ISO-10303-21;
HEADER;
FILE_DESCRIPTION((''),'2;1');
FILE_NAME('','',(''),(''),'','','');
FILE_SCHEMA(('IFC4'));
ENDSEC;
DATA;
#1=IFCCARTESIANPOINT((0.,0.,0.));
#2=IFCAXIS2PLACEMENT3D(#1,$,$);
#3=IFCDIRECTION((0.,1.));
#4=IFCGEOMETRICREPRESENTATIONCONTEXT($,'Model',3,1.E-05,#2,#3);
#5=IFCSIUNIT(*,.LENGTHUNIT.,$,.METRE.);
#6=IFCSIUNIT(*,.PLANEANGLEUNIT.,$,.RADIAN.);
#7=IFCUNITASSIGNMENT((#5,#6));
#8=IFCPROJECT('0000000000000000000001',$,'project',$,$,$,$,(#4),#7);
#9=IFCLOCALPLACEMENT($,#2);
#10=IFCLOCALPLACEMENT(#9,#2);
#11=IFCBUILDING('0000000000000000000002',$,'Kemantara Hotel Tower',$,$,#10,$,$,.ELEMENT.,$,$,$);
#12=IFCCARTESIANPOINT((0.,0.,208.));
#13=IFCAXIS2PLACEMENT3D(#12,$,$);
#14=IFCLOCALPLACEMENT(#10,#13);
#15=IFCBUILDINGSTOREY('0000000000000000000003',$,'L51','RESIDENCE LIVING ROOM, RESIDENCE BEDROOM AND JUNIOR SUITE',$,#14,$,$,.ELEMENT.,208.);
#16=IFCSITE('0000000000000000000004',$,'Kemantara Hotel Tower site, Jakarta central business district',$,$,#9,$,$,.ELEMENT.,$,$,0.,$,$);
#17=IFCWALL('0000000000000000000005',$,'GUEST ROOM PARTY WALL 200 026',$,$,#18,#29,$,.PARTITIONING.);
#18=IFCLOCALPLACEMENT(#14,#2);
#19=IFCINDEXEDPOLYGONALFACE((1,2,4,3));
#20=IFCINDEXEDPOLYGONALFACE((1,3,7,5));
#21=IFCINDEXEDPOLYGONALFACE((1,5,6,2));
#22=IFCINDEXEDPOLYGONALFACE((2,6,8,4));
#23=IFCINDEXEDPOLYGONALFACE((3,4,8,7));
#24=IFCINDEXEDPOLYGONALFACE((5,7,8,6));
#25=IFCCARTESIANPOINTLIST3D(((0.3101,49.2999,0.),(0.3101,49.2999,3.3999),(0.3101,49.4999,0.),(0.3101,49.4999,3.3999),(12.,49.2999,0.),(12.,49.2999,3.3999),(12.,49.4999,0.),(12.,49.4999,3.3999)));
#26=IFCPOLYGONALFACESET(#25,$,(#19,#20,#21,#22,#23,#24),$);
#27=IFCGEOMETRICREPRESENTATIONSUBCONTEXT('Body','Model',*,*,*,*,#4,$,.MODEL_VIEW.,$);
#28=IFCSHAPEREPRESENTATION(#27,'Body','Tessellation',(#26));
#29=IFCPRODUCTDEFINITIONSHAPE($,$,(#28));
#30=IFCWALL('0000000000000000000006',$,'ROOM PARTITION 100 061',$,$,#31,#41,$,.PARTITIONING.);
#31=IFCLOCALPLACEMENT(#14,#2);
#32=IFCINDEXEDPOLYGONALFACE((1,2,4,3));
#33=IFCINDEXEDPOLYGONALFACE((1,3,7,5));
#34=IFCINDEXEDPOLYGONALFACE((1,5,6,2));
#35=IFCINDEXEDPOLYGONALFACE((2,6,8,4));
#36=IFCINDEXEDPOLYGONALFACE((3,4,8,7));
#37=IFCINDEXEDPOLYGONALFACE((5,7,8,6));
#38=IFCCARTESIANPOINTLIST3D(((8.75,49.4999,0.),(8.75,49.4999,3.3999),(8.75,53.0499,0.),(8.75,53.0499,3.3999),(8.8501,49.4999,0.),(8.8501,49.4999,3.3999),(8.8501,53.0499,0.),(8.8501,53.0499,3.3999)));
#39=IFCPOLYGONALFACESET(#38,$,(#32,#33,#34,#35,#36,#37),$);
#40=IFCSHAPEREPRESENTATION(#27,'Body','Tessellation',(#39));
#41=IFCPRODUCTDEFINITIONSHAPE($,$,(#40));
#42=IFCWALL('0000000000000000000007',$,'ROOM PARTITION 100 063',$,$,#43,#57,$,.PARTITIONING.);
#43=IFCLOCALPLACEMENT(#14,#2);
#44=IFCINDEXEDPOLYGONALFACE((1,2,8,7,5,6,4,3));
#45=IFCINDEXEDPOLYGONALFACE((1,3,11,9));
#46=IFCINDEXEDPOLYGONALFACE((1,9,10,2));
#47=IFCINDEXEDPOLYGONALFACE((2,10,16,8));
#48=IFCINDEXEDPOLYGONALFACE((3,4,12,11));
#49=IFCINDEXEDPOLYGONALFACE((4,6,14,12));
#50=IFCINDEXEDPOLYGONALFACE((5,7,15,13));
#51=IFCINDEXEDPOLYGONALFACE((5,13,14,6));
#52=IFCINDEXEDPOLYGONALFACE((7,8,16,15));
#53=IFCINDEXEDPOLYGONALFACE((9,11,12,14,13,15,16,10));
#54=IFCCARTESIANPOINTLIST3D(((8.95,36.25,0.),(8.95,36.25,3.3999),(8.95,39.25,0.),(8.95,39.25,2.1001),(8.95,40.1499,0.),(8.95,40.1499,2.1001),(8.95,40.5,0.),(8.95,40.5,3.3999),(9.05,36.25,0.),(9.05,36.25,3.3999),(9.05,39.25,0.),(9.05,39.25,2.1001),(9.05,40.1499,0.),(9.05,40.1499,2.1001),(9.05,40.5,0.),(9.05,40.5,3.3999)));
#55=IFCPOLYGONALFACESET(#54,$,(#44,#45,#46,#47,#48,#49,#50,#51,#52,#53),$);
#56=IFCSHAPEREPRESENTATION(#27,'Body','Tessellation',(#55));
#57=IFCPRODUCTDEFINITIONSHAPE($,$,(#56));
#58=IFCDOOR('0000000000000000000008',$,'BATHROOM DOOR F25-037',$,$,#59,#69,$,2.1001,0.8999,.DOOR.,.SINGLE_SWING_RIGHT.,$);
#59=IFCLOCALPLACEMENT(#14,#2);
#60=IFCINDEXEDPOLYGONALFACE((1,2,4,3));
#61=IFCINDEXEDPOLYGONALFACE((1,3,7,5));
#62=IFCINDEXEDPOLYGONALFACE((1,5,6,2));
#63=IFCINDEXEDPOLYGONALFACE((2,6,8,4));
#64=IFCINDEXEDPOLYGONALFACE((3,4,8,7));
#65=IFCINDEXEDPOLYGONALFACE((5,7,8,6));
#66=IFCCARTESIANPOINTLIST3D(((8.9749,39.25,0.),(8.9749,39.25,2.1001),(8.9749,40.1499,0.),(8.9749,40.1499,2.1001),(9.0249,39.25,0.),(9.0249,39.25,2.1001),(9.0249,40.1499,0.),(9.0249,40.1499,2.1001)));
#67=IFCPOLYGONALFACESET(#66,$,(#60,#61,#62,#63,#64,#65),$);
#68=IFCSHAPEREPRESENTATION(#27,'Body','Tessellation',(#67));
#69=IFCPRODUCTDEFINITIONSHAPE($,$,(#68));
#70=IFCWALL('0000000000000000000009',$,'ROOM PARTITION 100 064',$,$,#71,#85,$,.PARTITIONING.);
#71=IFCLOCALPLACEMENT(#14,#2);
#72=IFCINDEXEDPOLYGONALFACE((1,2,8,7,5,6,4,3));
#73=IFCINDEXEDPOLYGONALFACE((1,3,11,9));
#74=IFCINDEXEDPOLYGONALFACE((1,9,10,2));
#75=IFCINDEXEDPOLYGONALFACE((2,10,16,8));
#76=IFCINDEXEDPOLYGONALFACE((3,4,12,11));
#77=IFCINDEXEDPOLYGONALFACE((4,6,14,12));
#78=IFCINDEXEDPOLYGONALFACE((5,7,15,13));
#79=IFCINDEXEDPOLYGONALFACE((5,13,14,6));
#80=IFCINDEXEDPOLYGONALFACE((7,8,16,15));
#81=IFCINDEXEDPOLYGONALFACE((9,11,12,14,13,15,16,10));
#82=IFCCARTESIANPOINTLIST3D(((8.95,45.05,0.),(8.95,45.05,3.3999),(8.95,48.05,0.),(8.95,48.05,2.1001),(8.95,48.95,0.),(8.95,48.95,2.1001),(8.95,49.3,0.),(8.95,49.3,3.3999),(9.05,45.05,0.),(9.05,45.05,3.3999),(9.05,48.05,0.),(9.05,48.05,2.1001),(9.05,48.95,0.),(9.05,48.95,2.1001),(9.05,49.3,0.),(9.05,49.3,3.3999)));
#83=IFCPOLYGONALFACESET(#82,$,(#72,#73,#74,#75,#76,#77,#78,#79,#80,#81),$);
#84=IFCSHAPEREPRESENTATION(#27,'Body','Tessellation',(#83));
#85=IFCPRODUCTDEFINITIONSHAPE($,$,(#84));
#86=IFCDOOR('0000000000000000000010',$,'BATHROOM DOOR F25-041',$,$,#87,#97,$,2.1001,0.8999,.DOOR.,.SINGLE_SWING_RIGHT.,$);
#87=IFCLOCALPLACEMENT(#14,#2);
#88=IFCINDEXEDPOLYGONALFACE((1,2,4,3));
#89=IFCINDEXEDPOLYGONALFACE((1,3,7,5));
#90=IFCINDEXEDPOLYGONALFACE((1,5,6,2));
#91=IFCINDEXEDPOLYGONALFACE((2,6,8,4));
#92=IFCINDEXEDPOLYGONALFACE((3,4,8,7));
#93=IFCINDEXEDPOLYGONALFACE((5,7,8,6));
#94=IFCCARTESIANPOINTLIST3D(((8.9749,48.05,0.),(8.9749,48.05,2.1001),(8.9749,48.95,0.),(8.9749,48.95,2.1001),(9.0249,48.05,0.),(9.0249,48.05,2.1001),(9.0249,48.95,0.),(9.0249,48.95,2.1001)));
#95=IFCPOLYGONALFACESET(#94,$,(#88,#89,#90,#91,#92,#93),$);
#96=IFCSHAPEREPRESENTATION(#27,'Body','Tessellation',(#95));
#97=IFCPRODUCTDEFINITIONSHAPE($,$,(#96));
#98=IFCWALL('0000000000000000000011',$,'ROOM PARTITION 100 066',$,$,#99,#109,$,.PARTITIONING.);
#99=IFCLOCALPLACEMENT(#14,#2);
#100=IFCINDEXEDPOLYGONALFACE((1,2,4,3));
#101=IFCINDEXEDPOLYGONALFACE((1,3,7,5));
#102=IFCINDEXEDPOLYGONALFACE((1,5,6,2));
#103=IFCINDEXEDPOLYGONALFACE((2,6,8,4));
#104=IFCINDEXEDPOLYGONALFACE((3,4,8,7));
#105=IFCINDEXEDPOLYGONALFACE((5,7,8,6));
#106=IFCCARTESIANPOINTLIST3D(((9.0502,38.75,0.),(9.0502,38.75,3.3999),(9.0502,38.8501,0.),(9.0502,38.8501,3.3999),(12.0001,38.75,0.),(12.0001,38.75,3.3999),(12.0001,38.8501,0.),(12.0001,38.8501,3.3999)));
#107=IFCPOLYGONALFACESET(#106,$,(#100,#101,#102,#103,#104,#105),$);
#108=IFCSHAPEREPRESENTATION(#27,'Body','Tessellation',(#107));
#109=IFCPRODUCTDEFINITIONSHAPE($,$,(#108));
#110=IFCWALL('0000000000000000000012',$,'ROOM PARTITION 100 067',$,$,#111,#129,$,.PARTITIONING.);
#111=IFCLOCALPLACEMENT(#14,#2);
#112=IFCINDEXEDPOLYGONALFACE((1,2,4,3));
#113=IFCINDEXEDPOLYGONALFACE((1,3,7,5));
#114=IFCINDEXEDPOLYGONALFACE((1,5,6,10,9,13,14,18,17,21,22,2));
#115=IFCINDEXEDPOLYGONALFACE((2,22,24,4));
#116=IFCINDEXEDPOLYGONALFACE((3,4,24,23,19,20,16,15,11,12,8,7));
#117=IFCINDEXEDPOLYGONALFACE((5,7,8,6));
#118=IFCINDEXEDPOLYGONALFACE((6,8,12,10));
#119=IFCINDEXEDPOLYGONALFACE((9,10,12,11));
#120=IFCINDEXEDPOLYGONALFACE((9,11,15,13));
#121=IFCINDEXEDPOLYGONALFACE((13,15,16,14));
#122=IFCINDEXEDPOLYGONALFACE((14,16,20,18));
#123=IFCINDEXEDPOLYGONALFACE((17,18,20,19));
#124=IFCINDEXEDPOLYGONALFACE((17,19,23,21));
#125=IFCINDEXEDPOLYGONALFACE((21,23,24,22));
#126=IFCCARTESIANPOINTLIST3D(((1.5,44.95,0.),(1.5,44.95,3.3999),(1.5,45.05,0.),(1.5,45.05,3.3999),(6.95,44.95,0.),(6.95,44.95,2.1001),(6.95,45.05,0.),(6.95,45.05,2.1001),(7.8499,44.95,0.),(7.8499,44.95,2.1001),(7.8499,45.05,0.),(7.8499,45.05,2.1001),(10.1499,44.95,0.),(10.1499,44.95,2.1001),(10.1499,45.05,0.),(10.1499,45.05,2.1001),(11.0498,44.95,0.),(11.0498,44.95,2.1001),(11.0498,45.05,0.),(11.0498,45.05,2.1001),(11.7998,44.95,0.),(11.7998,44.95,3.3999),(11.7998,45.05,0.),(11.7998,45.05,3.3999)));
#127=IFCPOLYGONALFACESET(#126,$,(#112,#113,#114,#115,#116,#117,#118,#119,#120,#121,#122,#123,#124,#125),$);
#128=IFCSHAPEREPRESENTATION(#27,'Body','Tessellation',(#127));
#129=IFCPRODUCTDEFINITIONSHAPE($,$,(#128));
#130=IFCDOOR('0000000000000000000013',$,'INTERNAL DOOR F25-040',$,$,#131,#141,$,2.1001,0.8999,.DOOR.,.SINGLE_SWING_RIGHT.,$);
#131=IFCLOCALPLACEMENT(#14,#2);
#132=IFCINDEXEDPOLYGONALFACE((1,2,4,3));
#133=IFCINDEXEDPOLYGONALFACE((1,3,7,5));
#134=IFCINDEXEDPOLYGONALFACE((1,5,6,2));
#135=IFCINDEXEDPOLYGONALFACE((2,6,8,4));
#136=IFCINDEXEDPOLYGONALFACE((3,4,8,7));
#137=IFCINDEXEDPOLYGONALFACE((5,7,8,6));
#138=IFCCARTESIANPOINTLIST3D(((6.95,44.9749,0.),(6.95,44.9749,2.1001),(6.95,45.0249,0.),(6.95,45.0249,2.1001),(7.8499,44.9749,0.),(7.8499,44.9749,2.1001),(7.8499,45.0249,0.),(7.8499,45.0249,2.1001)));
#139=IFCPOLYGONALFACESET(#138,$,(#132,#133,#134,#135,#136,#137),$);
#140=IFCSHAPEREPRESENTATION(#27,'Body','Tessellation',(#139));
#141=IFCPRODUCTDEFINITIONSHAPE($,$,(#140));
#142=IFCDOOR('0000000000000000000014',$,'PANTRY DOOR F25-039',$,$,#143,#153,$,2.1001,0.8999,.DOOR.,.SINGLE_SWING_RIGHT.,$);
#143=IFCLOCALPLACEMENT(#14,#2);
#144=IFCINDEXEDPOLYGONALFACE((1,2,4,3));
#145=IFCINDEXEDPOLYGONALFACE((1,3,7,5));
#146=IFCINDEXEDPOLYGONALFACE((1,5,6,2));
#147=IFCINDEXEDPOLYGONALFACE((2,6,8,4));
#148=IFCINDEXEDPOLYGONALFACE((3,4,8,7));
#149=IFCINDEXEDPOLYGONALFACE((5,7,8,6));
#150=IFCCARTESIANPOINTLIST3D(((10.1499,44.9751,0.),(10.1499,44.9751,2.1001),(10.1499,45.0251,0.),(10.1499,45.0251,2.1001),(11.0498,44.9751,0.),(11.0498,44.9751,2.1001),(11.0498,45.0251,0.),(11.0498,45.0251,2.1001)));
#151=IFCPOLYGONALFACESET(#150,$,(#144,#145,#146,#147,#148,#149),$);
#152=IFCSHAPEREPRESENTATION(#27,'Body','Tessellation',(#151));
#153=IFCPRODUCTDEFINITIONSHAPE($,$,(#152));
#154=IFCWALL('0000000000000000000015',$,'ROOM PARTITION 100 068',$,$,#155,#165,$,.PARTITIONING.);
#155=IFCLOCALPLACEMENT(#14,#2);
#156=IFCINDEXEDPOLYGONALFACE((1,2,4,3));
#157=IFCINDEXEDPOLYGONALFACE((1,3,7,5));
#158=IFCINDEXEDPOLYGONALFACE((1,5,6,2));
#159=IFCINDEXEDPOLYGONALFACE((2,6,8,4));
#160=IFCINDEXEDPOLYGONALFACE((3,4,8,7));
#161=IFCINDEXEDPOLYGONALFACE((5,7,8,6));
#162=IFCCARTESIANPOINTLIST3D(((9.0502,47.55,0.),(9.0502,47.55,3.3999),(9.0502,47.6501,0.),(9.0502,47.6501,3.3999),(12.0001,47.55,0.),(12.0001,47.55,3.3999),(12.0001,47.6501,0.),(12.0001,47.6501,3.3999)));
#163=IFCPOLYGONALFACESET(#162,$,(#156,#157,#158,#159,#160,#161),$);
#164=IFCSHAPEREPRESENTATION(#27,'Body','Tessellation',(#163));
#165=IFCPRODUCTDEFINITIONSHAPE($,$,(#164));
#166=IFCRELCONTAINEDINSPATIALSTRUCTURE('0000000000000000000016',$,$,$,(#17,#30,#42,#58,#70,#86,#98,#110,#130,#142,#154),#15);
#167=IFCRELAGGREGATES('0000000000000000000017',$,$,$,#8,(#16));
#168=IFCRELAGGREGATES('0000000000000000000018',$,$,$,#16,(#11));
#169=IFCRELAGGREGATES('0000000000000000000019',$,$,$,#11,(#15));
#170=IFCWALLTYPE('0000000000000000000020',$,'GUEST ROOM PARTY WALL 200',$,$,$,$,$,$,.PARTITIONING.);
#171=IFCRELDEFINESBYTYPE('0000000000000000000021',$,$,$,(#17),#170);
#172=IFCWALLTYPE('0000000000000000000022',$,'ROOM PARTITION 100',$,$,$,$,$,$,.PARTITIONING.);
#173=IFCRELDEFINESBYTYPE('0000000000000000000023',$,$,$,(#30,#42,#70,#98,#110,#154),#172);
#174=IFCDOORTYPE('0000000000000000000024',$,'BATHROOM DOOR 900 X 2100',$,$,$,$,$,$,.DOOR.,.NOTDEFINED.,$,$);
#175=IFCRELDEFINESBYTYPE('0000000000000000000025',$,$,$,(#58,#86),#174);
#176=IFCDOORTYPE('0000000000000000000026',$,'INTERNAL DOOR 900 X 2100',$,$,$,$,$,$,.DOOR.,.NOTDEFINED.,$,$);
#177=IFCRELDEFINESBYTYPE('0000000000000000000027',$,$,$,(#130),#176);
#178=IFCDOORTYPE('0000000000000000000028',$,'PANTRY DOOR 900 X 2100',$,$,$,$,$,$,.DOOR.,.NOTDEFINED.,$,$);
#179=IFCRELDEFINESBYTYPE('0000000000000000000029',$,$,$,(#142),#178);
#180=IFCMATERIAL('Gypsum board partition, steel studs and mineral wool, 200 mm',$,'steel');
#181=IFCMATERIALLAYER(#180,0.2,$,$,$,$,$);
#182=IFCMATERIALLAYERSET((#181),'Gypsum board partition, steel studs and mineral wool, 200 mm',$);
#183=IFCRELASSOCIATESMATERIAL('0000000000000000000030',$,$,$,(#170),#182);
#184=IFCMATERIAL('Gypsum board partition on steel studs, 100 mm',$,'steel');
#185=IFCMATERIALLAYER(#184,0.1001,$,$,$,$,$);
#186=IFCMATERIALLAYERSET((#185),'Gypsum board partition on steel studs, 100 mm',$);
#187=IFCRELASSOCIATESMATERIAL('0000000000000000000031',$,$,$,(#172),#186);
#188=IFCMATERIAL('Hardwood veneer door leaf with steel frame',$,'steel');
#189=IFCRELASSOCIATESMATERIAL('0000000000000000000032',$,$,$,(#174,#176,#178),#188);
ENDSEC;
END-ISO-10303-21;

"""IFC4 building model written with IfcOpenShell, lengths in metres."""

from ifc_helpers import new_model, si_unit, direction, frame, frame_2d, origin, place, context, subcontext, project, spatial, rectangle, extrude, material, layer, layer_set, type_object, element, fill, save


model = new_model("IFC4")

# Units and contexts
model_context = context("Model", 3, precision=1e-05, world=origin(), true_north=direction((0.0, 1.0)))
body_context = subcontext(model_context, "Body", "Model", "MODEL_VIEW")
ifc_project = project(units=[si_unit("LENGTHUNIT", "METRE"), si_unit("PLANEANGLEUNIT", "RADIAN")], contexts=[model_context])

# Site, building, storey
site_placement = place(None, origin())
site = spatial("IfcSite", under=ifc_project, at=site_placement, Name="Kemantara Hotel Tower site, Jakarta central business district", CompositionType="ELEMENT", RefElevation=0.0)
building_placement = place(site_placement, origin())
building = spatial("IfcBuilding", under=site, at=building_placement, Name="Kemantara Hotel Tower", CompositionType="ELEMENT")
storey_placement = place(building_placement, frame((0.0, 0.0, 208.0)))
storey = spatial("IfcBuildingStorey", under=building, at=storey_placement, Name="L51", Description="RESIDENCE LIVING ROOM, RESIDENCE BEDROOM AND JUNIOR SUITE", CompositionType="ELEMENT", Elevation=208.0)

# Shared definitions
ifc_material_1 = material(Name="Gypsum board partition, steel studs and mineral wool, 200 mm", Category="steel")
ifc_material_2 = material(Name="Hardwood veneer door leaf with steel frame", Category="steel")

# Walls
ifc_layer_1 = layer(ifc_material_1, 0.2)
ifc_layer_set_1 = layer_set([ifc_layer_1], Name="Gypsum board partition, steel studs and mineral wool, 200 mm")
wall_type_1 = type_object("IfcWallType", Name="GUEST ROOM PARTY WALL 200", PredefinedType="PARTITIONING", material=ifc_layer_set_1)
for number, where, z_axis, x_axis, name in (
    (1, (0.3101, 49.3999, 0.0), (0.0, 0.0, 1.0), (1.0, 0.0, 0.0), "GUEST ROOM PARTY WALL 200 026"),
):
    element("IfcWall", number, at=place(storey_placement, frame(where, z_axis=z_axis, x_axis=x_axis)), inside=storey, type_object=wall_type_1, Name=name, PredefinedType="PARTITIONING", context=body_context, shape_type="SweptSolid", body=[
        extrude(rectangle(XDim=11.6899, YDim=0.2, at=frame_2d((5.845, 0.0))), origin(), (0.0, 0.0, 1.0), 3.3999),
    ])
ifc_material_3 = material(Name="Gypsum board partition on steel studs, 100 mm", Category="steel")
ifc_layer_2 = layer(ifc_material_3, 0.1001)
ifc_layer_set_2 = layer_set([ifc_layer_2], Name="Gypsum board partition on steel studs, 100 mm")
wall_type_2 = type_object("IfcWallType", Name="ROOM PARTITION 100", PredefinedType="PARTITIONING", material=ifc_layer_set_2)
wall_1_placement = place(storey_placement, frame((8.8, 49.5, 0.0), z_axis=(0.0, 0.0, 1.0), x_axis=(0.0, 1.0, 0.0)))
element("IfcWall", 2, at=wall_1_placement, inside=storey, type_object=wall_type_2, Name="ROOM PARTITION 100 061", PredefinedType="PARTITIONING", context=body_context, shape_type="SweptSolid", body=[
    extrude(rectangle(XDim=3.55, YDim=0.1001, at=frame_2d((1.7749, 0.0))), origin(), (0.0, 0.0, 1.0), 3.3999),
])

# Walls, openings, doors
wall_2_placement = place(storey_placement, frame((9.0, 40.5, 0.0), z_axis=(0.0, 0.0, 1.0), x_axis=(0.0, -1.0, 0.0)))
wall_2 = element("IfcWall", 3, at=wall_2_placement, inside=storey, type_object=wall_type_2, Name="ROOM PARTITION 100 063", PredefinedType="PARTITIONING", context=body_context, shape_type="SweptSolid", body=[
    extrude(rectangle(XDim=4.25, YDim=0.1001, at=frame_2d((2.125, 0.0))), origin(), (0.0, 0.0, 1.0), 3.3999),
])
opening_1_placement = place(wall_2_placement, frame((0.3501, 0.0, 0.0)))
opening_1 = element("IfcOpeningElement", 4, at=opening_1_placement, cuts=wall_2, PredefinedType="OPENING", context=body_context, shape_type="SweptSolid", body=[
    extrude(rectangle(XDim=0.8999, YDim=2.1001, at=frame_2d((0.45, 1.05))), frame((0.0, 0.0601, 0.0), z_axis=(0.0, -1.0, 0.0), x_axis=(1.0, 0.0, 0.0)), (0.0, 0.0, 1.0), 0.1201),
])
door_type_1 = type_object("IfcDoorType", Name="BATHROOM DOOR 900 X 2100", OperationType="NOTDEFINED", PredefinedType="DOOR", material=ifc_material_2)
door_1_placement = place(opening_1_placement, origin())
door_1 = element("IfcDoor", 5, at=door_1_placement, inside=storey, type_object=door_type_1, Name="BATHROOM DOOR F25-037", OperationType="SINGLE_SWING_RIGHT", OverallHeight=2.1001, OverallWidth=0.8999, PredefinedType="DOOR", context=body_context, shape_type="SweptSolid", body=[
    extrude(rectangle(XDim=0.8999, YDim=2.1001, at=frame_2d((0.45, 1.05))), frame((0.0, 0.0249, 0.0), z_axis=(0.0, -1.0, 0.0), x_axis=(1.0, 0.0, 0.0)), (0.0, 0.0, 1.0), 0.05),
])
fill(opening_1, door_1)
wall_3_placement = place(storey_placement, frame((9.0, 49.3, 0.0), z_axis=(0.0, 0.0, 1.0), x_axis=(0.0, -1.0, 0.0)))
wall_3 = element("IfcWall", 6, at=wall_3_placement, inside=storey, type_object=wall_type_2, Name="ROOM PARTITION 100 064", PredefinedType="PARTITIONING", context=body_context, shape_type="SweptSolid", body=[
    extrude(rectangle(XDim=4.25, YDim=0.1001, at=frame_2d((2.125, 0.0))), origin(), (0.0, 0.0, 1.0), 3.3999),
])
opening_2_placement = place(wall_3_placement, frame((0.3501, 0.0, 0.0)))
opening_2 = element("IfcOpeningElement", 7, at=opening_2_placement, cuts=wall_3, PredefinedType="OPENING", context=body_context, shape_type="SweptSolid", body=[
    extrude(rectangle(XDim=0.8999, YDim=2.1001, at=frame_2d((0.45, 1.05))), frame((0.0, 0.0601, 0.0), z_axis=(0.0, -1.0, 0.0), x_axis=(1.0, 0.0, 0.0)), (0.0, 0.0, 1.0), 0.1201),
])
door_2_placement = place(opening_2_placement, origin())
door_2 = element("IfcDoor", 8, at=door_2_placement, inside=storey, type_object=door_type_1, Name="BATHROOM DOOR F25-041", OperationType="SINGLE_SWING_RIGHT", OverallHeight=2.1001, OverallWidth=0.8999, PredefinedType="DOOR", context=body_context, shape_type="SweptSolid", body=[
    extrude(rectangle(XDim=0.8999, YDim=2.1001, at=frame_2d((0.45, 1.05))), frame((0.0, 0.0249, 0.0), z_axis=(0.0, -1.0, 0.0), x_axis=(1.0, 0.0, 0.0)), (0.0, 0.0, 1.0), 0.05),
])
fill(opening_2, door_2)

# Wall
wall_4_placement = place(storey_placement, frame((9.05, 38.8, 0.0), z_axis=(0.0, 0.0, 1.0), x_axis=(1.0, 0.0, 0.0)))
element("IfcWall", 9, at=wall_4_placement, inside=storey, type_object=wall_type_2, Name="ROOM PARTITION 100 066", PredefinedType="PARTITIONING", context=body_context, shape_type="SweptSolid", body=[
    extrude(rectangle(XDim=2.95, YDim=0.1001, at=frame_2d((1.4751, 0.0))), origin(), (0.0, 0.0, 1.0), 3.3999),
])

# Wall, openings, doors
wall_5_placement = place(storey_placement, frame((1.5, 45.0, 0.0), z_axis=(0.0, 0.0, 1.0), x_axis=(1.0, 0.0, 0.0)))
wall_5 = element("IfcWall", 10, at=wall_5_placement, inside=storey, type_object=wall_type_2, Name="ROOM PARTITION 100 067", PredefinedType="PARTITIONING", context=body_context, shape_type="SweptSolid", body=[
    extrude(rectangle(XDim=10.2998, YDim=0.1001, at=frame_2d((5.1499, 0.0))), origin(), (0.0, 0.0, 1.0), 3.3999),
])
opening_3_placement = place(wall_5_placement, frame((8.6499, 0.0, 0.0)))
opening_3 = element("IfcOpeningElement", 11, at=opening_3_placement, cuts=wall_5, PredefinedType="OPENING", context=body_context, shape_type="SweptSolid", body=[
    extrude(rectangle(XDim=0.8999, YDim=2.1001, at=frame_2d((0.45, 1.05))), frame((0.0, 0.0601, 0.0), z_axis=(0.0, -1.0, 0.0), x_axis=(1.0, 0.0, 0.0)), (0.0, 0.0, 1.0), 0.1201),
])
opening_4_placement = place(wall_5_placement, frame((5.45, 0.0, 0.0)))
opening_4 = element("IfcOpeningElement", 12, at=opening_4_placement, cuts=wall_5, PredefinedType="OPENING", context=body_context, shape_type="SweptSolid", body=[
    extrude(rectangle(XDim=0.8999, YDim=2.1001, at=frame_2d((0.45, 1.05))), frame((0.0, 0.0601, 0.0), z_axis=(0.0, -1.0, 0.0), x_axis=(1.0, 0.0, 0.0)), (0.0, 0.0, 1.0), 0.1201),
])
door_type_2 = type_object("IfcDoorType", Name="INTERNAL DOOR 900 X 2100", OperationType="NOTDEFINED", PredefinedType="DOOR", material=ifc_material_2)
door_3_placement = place(opening_4_placement, origin())
door_3 = element("IfcDoor", 13, at=door_3_placement, inside=storey, type_object=door_type_2, Name="INTERNAL DOOR F25-040", OperationType="SINGLE_SWING_RIGHT", OverallHeight=2.1001, OverallWidth=0.8999, PredefinedType="DOOR", context=body_context, shape_type="SweptSolid", body=[
    extrude(rectangle(XDim=0.8999, YDim=2.1001, at=frame_2d((0.45, 1.05))), frame((0.0, 0.0249, 0.0), z_axis=(0.0, -1.0, 0.0), x_axis=(1.0, 0.0, 0.0)), (0.0, 0.0, 1.0), 0.05),
])
fill(opening_4, door_3)
door_type_3 = type_object("IfcDoorType", Name="PANTRY DOOR 900 X 2100", OperationType="NOTDEFINED", PredefinedType="DOOR", material=ifc_material_2)
door_4_placement = place(opening_3_placement, frame((0.8999, 0.0, 0.0), z_axis=(0.0, 0.0, 1.0), x_axis=(-1.0, 0.0, 0.0)))
door_4 = element("IfcDoor", 14, at=door_4_placement, inside=storey, type_object=door_type_3, Name="PANTRY DOOR F25-039", OperationType="SINGLE_SWING_RIGHT", OverallHeight=2.1001, OverallWidth=0.8999, PredefinedType="DOOR", context=body_context, shape_type="SweptSolid", body=[
    extrude(rectangle(XDim=0.8999, YDim=2.1001, at=frame_2d((0.45, 1.05))), frame((0.0, 0.0249, 0.0), z_axis=(0.0, -1.0, 0.0), x_axis=(1.0, 0.0, 0.0)), (0.0, 0.0, 1.0), 0.05),
])
fill(opening_3, door_4)

# Wall
wall_6_placement = place(storey_placement, frame((9.05, 47.6001, 0.0), z_axis=(0.0, 0.0, 1.0), x_axis=(1.0, 0.0, 0.0)))
element("IfcWall", 15, at=wall_6_placement, inside=storey, type_object=wall_type_2, Name="ROOM PARTITION 100 068", PredefinedType="PARTITIONING", context=body_context, shape_type="SweptSolid", body=[
    extrude(rectangle(XDim=2.95, YDim=0.1001, at=frame_2d((1.4751, 0.0))), origin(), (0.0, 0.0, 1.0), 3.3999),
])

save(model, "model.ifc")
